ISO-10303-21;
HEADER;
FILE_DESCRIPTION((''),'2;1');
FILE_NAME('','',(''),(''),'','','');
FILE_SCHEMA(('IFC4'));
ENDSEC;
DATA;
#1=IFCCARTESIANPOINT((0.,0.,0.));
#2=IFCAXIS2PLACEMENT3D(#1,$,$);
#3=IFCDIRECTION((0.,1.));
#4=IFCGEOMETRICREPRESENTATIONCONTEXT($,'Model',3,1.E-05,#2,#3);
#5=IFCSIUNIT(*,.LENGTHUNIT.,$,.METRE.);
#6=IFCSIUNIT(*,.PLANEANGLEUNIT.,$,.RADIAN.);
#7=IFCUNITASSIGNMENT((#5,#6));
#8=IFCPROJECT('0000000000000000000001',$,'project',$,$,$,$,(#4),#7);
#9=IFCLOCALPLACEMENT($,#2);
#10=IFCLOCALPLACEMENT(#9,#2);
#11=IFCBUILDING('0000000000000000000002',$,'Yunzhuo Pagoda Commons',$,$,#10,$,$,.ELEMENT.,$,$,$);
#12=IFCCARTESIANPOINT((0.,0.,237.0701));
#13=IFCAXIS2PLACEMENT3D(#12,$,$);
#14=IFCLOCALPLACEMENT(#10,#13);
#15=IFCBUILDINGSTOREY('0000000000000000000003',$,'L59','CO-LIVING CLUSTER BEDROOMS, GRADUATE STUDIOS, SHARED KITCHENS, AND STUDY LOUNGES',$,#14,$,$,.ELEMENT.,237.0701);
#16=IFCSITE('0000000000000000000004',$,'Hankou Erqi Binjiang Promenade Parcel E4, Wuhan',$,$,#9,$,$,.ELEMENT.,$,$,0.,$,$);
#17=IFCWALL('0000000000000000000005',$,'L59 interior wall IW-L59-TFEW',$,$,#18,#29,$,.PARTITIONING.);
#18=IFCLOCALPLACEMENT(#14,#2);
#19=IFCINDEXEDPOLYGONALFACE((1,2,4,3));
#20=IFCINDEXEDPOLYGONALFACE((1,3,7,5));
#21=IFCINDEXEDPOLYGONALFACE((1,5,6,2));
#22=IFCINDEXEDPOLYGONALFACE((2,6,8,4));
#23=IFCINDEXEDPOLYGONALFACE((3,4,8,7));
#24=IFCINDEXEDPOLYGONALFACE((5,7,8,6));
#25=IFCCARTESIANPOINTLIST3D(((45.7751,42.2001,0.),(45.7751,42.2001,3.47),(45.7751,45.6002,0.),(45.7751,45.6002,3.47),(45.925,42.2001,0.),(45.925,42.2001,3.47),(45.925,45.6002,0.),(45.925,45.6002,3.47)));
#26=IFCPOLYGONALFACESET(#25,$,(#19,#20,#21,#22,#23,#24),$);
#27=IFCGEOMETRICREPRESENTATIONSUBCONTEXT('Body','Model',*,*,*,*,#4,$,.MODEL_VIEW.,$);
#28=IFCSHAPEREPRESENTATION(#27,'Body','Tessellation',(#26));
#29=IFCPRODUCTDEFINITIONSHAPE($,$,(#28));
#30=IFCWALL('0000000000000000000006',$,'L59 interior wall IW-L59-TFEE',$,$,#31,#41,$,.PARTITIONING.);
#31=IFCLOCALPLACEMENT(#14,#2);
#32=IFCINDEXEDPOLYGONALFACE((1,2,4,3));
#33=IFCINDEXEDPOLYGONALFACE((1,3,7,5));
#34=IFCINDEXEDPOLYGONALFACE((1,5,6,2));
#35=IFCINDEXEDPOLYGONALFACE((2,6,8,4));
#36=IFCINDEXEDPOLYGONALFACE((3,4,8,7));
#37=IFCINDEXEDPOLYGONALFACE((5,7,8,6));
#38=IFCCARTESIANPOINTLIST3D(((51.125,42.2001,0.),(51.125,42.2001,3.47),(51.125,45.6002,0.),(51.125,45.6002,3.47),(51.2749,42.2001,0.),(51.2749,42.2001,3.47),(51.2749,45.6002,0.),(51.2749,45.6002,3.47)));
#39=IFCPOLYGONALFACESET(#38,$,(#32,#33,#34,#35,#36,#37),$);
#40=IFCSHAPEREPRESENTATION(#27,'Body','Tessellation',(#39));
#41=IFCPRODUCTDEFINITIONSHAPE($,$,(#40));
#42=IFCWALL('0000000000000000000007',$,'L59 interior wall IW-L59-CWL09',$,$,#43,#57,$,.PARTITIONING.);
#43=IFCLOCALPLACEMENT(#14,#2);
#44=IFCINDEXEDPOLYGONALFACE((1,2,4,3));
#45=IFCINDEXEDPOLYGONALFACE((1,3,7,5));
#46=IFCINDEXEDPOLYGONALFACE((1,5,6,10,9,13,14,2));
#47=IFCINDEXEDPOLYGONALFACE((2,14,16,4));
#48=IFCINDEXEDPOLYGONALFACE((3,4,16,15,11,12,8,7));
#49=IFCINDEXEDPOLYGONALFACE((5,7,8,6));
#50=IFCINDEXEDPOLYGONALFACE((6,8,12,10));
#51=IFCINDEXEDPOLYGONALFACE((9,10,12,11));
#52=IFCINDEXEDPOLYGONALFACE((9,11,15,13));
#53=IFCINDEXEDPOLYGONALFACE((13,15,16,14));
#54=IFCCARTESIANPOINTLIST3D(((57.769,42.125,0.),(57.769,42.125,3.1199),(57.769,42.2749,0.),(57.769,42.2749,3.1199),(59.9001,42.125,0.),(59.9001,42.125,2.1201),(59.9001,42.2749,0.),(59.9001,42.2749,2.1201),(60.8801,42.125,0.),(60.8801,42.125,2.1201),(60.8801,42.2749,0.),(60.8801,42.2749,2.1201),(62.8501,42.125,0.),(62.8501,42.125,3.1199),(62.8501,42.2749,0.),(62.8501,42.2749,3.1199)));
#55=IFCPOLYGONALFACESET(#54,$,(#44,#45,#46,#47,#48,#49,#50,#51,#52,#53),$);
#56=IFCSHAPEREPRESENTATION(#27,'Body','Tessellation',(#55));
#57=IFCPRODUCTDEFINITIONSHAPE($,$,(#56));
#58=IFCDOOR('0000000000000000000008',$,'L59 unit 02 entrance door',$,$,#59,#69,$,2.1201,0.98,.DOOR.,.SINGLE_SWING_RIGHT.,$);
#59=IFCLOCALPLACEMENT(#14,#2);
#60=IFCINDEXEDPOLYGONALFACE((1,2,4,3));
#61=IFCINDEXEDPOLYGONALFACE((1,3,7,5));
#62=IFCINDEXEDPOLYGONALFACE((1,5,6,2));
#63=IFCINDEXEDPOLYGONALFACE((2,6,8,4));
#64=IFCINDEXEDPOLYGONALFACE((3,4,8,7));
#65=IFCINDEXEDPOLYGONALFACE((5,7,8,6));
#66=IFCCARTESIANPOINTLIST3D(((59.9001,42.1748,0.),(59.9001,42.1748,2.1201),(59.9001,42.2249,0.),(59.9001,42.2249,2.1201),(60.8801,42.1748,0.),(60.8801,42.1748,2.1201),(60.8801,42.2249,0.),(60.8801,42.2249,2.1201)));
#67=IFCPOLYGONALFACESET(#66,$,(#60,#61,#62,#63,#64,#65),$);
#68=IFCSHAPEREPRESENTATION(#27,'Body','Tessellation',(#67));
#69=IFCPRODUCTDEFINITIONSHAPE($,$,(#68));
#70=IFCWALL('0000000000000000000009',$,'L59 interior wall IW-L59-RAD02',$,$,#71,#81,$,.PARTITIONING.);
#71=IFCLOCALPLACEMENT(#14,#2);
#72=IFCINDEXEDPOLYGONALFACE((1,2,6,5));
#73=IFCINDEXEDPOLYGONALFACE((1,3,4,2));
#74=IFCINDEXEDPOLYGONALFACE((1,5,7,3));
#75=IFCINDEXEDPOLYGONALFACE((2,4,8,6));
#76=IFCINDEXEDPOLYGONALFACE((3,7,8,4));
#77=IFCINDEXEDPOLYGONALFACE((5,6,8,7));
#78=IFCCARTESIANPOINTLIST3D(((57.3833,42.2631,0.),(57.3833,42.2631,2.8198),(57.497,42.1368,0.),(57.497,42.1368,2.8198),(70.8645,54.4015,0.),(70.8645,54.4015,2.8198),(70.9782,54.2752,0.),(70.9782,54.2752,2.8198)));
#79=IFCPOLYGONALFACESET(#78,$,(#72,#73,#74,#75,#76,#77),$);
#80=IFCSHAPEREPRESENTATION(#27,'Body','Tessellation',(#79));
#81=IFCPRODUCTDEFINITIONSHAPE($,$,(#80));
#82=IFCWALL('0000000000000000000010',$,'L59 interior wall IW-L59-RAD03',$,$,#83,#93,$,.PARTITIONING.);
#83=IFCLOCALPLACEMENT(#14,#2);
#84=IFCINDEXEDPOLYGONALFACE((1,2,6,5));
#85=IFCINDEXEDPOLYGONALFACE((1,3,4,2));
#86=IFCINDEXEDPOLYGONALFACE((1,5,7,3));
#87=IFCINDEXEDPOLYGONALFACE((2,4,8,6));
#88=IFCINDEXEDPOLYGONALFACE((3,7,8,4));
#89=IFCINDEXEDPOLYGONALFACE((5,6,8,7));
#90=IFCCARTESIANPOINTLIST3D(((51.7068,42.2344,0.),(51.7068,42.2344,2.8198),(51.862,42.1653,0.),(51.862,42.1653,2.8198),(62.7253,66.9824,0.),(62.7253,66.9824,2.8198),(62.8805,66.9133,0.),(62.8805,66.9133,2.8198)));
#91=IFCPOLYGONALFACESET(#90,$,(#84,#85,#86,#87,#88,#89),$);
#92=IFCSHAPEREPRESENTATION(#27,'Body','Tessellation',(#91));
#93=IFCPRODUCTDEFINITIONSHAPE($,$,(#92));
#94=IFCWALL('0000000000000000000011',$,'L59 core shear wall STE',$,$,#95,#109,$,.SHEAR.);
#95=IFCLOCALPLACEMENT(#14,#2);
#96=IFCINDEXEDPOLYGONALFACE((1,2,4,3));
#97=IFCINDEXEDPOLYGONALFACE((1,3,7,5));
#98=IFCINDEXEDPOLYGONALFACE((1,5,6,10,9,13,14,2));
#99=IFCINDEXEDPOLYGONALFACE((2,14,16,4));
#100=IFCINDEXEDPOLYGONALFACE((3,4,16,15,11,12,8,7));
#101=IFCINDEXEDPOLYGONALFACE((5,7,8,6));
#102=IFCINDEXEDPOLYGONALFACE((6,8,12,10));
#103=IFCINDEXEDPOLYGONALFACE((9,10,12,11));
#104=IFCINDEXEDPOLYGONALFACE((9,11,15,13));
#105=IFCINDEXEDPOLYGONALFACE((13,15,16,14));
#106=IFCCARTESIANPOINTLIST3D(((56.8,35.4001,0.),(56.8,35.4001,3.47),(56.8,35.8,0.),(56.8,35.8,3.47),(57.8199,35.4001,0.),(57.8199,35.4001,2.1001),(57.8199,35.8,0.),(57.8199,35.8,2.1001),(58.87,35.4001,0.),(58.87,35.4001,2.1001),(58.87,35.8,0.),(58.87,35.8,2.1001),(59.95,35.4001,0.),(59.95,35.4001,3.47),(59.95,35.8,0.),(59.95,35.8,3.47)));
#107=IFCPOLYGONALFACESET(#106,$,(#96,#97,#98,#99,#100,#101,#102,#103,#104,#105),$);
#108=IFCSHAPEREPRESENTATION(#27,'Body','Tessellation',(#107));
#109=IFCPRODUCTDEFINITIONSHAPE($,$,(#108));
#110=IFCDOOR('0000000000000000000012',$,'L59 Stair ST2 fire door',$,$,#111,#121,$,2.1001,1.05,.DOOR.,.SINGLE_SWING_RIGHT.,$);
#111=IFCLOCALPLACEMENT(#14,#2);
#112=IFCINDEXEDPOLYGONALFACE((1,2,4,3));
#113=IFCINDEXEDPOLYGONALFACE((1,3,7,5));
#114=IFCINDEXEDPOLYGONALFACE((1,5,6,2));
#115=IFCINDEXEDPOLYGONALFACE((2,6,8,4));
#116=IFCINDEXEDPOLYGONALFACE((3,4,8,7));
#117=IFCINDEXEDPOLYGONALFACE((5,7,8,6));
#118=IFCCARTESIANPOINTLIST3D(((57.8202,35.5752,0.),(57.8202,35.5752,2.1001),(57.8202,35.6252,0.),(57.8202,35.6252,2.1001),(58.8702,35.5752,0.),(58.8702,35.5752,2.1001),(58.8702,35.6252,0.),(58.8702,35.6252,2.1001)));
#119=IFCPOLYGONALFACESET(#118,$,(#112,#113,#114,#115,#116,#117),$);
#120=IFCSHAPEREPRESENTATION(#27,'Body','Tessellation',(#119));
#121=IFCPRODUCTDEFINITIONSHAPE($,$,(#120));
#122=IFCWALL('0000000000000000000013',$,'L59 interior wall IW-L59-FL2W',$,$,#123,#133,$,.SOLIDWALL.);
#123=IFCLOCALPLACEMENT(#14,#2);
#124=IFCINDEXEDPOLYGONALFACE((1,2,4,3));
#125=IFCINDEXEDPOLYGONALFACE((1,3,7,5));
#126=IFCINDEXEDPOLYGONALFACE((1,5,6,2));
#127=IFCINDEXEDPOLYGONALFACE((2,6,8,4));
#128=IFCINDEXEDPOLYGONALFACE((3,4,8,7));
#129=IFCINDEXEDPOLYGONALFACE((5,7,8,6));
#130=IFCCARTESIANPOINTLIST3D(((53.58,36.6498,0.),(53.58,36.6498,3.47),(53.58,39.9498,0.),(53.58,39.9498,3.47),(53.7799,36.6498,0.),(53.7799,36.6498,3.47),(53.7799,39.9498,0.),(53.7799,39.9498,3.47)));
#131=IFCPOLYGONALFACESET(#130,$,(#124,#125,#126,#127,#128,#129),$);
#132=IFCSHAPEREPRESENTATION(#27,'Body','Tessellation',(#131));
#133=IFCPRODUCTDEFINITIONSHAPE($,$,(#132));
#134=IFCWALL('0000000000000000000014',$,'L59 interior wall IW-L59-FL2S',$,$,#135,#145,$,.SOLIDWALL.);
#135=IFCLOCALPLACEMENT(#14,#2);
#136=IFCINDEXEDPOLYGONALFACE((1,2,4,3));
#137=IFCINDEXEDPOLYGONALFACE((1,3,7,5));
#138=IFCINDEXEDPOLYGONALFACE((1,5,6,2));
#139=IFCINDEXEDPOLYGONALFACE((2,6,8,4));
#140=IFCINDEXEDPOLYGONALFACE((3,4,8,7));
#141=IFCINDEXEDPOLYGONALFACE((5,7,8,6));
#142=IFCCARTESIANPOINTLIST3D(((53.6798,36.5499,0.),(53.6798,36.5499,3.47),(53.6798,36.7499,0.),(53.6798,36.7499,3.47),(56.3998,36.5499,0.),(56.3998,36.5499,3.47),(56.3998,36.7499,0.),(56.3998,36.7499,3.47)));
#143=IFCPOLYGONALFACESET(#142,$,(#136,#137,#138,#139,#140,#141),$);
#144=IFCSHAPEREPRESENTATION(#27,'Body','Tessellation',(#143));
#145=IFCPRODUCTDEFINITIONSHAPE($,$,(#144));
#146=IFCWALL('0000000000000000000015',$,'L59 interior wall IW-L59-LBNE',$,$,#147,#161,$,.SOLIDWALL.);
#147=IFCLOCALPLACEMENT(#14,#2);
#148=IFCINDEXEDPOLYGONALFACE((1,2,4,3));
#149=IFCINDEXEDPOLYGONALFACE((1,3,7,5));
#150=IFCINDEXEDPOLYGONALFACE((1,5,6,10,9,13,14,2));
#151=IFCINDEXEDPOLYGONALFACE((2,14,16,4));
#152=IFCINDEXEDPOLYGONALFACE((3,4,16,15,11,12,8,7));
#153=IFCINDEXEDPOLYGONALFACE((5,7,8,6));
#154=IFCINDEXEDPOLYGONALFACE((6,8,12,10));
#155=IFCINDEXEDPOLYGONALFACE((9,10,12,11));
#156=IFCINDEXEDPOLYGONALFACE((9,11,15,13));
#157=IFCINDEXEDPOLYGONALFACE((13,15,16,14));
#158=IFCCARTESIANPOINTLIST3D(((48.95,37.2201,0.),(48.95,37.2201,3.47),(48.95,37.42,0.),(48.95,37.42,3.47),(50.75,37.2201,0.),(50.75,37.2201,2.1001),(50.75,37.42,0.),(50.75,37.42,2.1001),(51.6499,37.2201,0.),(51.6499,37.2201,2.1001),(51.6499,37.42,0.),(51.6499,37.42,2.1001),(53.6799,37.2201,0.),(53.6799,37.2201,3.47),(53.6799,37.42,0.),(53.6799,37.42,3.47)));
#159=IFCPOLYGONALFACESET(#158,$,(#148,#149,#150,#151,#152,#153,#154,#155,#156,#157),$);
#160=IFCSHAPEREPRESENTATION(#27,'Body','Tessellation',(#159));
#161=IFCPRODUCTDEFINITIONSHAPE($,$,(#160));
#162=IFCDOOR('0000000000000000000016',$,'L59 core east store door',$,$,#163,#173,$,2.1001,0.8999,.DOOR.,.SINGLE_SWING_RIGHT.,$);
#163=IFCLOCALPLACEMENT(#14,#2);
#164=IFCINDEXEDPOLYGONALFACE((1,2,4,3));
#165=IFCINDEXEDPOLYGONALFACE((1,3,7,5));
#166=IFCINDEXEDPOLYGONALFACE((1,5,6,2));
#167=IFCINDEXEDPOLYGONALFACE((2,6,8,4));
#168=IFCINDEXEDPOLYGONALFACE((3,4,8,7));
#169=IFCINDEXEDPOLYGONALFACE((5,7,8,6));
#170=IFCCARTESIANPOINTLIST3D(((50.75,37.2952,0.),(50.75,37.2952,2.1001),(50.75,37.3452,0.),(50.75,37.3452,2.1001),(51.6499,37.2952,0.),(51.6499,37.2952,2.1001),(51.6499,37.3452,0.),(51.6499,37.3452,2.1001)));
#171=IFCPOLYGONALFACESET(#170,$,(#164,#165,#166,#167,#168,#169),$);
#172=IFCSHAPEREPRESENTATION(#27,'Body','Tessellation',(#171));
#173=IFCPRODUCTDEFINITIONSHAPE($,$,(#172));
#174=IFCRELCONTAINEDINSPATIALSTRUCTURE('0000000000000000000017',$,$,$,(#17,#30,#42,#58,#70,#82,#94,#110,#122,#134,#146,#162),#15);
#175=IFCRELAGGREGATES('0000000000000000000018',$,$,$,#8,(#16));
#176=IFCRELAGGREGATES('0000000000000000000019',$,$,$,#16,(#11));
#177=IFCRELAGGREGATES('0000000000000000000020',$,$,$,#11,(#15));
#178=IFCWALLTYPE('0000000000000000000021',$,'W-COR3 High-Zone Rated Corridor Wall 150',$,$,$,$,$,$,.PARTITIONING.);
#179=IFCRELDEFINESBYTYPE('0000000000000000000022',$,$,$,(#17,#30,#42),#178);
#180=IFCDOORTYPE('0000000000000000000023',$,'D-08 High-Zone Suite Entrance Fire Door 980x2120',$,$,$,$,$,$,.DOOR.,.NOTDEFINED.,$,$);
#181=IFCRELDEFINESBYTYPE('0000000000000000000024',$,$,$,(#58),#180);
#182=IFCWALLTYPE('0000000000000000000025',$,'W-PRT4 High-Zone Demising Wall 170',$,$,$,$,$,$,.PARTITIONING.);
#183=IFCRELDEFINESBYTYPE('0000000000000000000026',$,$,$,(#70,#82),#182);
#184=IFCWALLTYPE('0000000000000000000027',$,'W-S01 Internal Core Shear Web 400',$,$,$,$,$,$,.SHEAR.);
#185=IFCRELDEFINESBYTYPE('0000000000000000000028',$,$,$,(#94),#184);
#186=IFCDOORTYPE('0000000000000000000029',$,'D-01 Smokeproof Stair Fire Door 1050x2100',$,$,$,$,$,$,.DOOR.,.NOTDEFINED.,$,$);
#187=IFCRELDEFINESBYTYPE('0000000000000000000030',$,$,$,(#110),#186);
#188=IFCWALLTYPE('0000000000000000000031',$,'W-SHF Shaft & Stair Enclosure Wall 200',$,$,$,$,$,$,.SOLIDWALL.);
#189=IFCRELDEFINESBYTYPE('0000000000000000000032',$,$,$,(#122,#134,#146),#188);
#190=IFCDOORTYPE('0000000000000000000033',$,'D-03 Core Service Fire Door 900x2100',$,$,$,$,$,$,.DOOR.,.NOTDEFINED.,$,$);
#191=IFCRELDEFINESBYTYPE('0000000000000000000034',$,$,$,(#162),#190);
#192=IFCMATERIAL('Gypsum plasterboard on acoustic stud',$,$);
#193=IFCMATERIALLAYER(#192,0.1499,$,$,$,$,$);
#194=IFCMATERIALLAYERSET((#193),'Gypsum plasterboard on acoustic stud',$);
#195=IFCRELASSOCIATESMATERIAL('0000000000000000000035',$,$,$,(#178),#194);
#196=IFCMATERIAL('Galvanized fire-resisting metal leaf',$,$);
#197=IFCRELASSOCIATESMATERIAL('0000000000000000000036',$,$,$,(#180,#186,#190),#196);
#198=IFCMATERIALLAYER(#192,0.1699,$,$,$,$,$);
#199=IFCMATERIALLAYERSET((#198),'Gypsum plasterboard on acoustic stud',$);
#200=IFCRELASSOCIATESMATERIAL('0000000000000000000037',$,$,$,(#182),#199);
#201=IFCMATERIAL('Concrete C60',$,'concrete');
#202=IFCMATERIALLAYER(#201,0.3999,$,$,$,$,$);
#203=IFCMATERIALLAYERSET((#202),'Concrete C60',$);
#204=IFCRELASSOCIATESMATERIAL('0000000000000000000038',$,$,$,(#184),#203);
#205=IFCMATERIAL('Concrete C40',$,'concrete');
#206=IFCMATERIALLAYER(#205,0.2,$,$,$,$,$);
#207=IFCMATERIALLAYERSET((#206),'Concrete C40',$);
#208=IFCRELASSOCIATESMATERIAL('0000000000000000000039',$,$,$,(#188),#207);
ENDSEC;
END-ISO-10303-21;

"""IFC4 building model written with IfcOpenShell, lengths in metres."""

from ifc_helpers import new_model, si_unit, direction, frame, frame_2d, origin, origin_with_axes, place, context, subcontext, project, spatial, rectangle, extrude, source, transform, mapped, material, layer, layer_set, type_object, element, fill, save


model = new_model("IFC4")

# Units and contexts
model_context = context("Model", 3, precision=1e-05, world=origin(), true_north=direction((0.0, 1.0)))
body_context = subcontext(model_context, "Body", "Model", "MODEL_VIEW")
ifc_project = project(units=[si_unit("LENGTHUNIT", "METRE"), si_unit("PLANEANGLEUNIT", "RADIAN")], contexts=[model_context])

# Site, building, storey
site_placement = place(None, origin())
site = spatial("IfcSite", under=ifc_project, at=site_placement, Name="Hankou Erqi Binjiang Promenade Parcel E4, Wuhan", CompositionType="ELEMENT", RefElevation=0.0)
building_placement = place(site_placement, origin())
building = spatial("IfcBuilding", under=site, at=building_placement, Name="Yunzhuo Pagoda Commons", CompositionType="ELEMENT")
storey_placement = place(building_placement, frame((0.0, 0.0, 237.0701)))
storey = spatial("IfcBuildingStorey", under=building, at=storey_placement, Name="L59", Description="CO-LIVING CLUSTER BEDROOMS, GRADUATE STUDIOS, SHARED KITCHENS, AND STUDY LOUNGES", CompositionType="ELEMENT", Elevation=237.0701)

# Shared definitions
ifc_material_1 = material(Name="Galvanized fire-resisting metal leaf")
shared_shape_1 = source(origin(), body_context, "Body", "SweptSolid", [
    extrude(rectangle(XDim=1.05, YDim=2.1001, at=frame_2d((0.5249, 1.05))), frame((0.0, 0.0249, 0.0), z_axis=(0.0, -1.0, 0.0), x_axis=(1.0, 0.0, 0.0)), (0.0, 0.0, 1.0), 0.05),
])
ifc_material_2 = material(Name="Gypsum plasterboard on acoustic stud")
ifc_layer_1 = layer(ifc_material_2, 0.1499)
ifc_layer_set_1 = layer_set([ifc_layer_1], Name="Gypsum plasterboard on acoustic stud")
wall_type_1 = type_object("IfcWallType", Name="W-COR3 High-Zone Rated Corridor Wall 150", PredefinedType="PARTITIONING", material=ifc_layer_set_1)

# Walls
for number, where, z_axis, x_axis, name in (
    (1, (45.8501, 42.2, 0.0), (0.0, 0.0, 1.0), (0.0, 1.0, 0.0), "L59 interior wall IW-L59-TFEW"),
    (2, (51.2, 42.2, 0.0), (0.0, 0.0, 1.0), (0.0, 1.0, 0.0), "L59 interior wall IW-L59-TFEE"),
):
    element("IfcWall", number, at=place(storey_placement, frame(where, z_axis=z_axis, x_axis=x_axis)), inside=storey, type_object=wall_type_1, Name=name, PredefinedType="PARTITIONING", context=body_context, shape_type="SweptSolid", body=[
        extrude(rectangle(XDim=3.4001, YDim=0.1499, at=frame_2d((1.7002, 0.0))), origin(), (0.0, 0.0, 1.0), 3.47),
    ])

# Wall, opening, door
door_type_1 = type_object("IfcDoorType", Name="D-08 High-Zone Suite Entrance Fire Door 980x2120", OperationType="NOTDEFINED", PredefinedType="DOOR", material=ifc_material_1)
shared_shape_2 = source(origin(), body_context, "Body", "SweptSolid", [
    extrude(rectangle(XDim=0.98, YDim=2.1201, at=frame_2d((0.49, 1.0601))), frame((0.0, 0.0249, 0.0), z_axis=(0.0, -1.0, 0.0), x_axis=(1.0, 0.0, 0.0)), (0.0, 0.0, 1.0), 0.05),
])
wall_1_placement = place(storey_placement, frame((57.769, 42.2, 0.0), z_axis=(0.0, 0.0, 1.0), x_axis=(1.0, 0.0, 0.0)))
wall_1 = element("IfcWall", 3, at=wall_1_placement, inside=storey, type_object=wall_type_1, Name="L59 interior wall IW-L59-CWL09", PredefinedType="PARTITIONING", context=body_context, shape_type="SweptSolid", body=[
    extrude(rectangle(XDim=5.0811, YDim=0.1499, at=frame_2d((2.5405, 0.0))), origin(), (0.0, 0.0, 1.0), 3.1199),
])
opening_1_placement = place(wall_1_placement, frame((2.1311, 0.0, 0.0)))
opening_1 = element("IfcOpeningElement", 4, at=opening_1_placement, cuts=wall_1, PredefinedType="OPENING", context=body_context, shape_type="SweptSolid", body=[
    extrude(rectangle(XDim=0.98, YDim=2.1201, at=frame_2d((0.49, 1.0601))), frame((0.0, 0.085, 0.0), z_axis=(0.0, -1.0, 0.0), x_axis=(1.0, 0.0, 0.0)), (0.0, 0.0, 1.0), 0.1699),
])
door_1_placement = place(opening_1_placement, origin_with_axes())
door_1 = element("IfcDoor", 5, at=door_1_placement, inside=storey, type_object=door_type_1, Name="L59 unit 02 entrance door", OperationType="SINGLE_SWING_RIGHT", OverallHeight=2.1201, OverallWidth=0.98, PredefinedType="DOOR", context=body_context, shape_type="MappedRepresentation", body=[
    mapped(shared_shape_2, transform((0.0, 0.0, 0.0), scale=1.0)),
])
fill(opening_1, door_1)

# Walls
ifc_layer_2 = layer(ifc_material_2, 0.1699)
ifc_layer_set_2 = layer_set([ifc_layer_2], Name="Gypsum plasterboard on acoustic stud")
wall_type_2 = type_object("IfcWallType", Name="W-PRT4 High-Zone Demising Wall 170", PredefinedType="PARTITIONING", material=ifc_layer_set_2)
wall_2_placement = place(storey_placement, frame((57.4402, 42.2, 0.0), z_axis=(0.0, 0.0, 1.0), x_axis=(0.743148, 0.669128, 0.0)))
element("IfcWall", 6, at=wall_2_placement, inside=storey, type_object=wall_type_2, Name="L59 interior wall IW-L59-RAD02", PredefinedType="PARTITIONING", context=body_context, shape_type="SweptSolid", body=[
    extrude(rectangle(XDim=18.1406, YDim=0.1699, at=frame_2d((9.0703, 0.0))), origin(), (0.0, 0.0, 1.0), 2.8198),
])
wall_3_placement = place(storey_placement, frame((51.7844, 42.2, 0.0), z_axis=(0.0, 0.0, 1.0), x_axis=(0.406737, 0.913545, 0.0)))
element("IfcWall", 7, at=wall_3_placement, inside=storey, type_object=wall_type_2, Name="L59 interior wall IW-L59-RAD03", PredefinedType="PARTITIONING", context=body_context, shape_type="SweptSolid", body=[
    extrude(rectangle(XDim=27.0901, YDim=0.1699, at=frame_2d((13.5449, 0.0))), origin(), (0.0, 0.0, 1.0), 2.8198),
])

# Wall, opening, door
ifc_material_3 = material(Name="Concrete C60", Category="concrete")
ifc_layer_3 = layer(ifc_material_3, 0.3999)
ifc_layer_set_3 = layer_set([ifc_layer_3], Name="Concrete C60")
wall_type_3 = type_object("IfcWallType", Name="W-S01 Internal Core Shear Web 400", PredefinedType="SHEAR", material=ifc_layer_set_3)
wall_4_placement = place(storey_placement, frame((56.8, 35.6001, 0.0), z_axis=(0.0, 0.0, 1.0), x_axis=(1.0, 0.0, 0.0)))
wall_4 = element("IfcWall", 8, at=wall_4_placement, inside=storey, type_object=wall_type_3, Name="L59 core shear wall STE", PredefinedType="SHEAR", context=body_context, shape_type="SweptSolid", body=[
    extrude(rectangle(XDim=3.1499, YDim=0.3999, at=frame_2d((1.575, 0.0))), origin(), (0.0, 0.0, 1.0), 3.47),
])
opening_2_placement = place(wall_4_placement, frame((1.02, 0.0, 0.0)))
opening_2 = element("IfcOpeningElement", 9, at=opening_2_placement, cuts=wall_4, PredefinedType="OPENING", context=body_context, shape_type="SweptSolid", body=[
    extrude(rectangle(XDim=1.05, YDim=2.1001, at=frame_2d((0.5249, 1.05))), frame((0.0, 0.21, 0.0), z_axis=(0.0, -1.0, 0.0), x_axis=(1.0, 0.0, 0.0)), (0.0, 0.0, 1.0), 0.4199),
])
door_type_2 = type_object("IfcDoorType", Name="D-01 Smokeproof Stair Fire Door 1050x2100", OperationType="NOTDEFINED", PredefinedType="DOOR", material=ifc_material_1)
door_2_placement = place(opening_2_placement, frame((1.05, 0.0, 0.0), z_axis=(0.0, 0.0, 1.0), x_axis=(-1.0, 0.0, 0.0)))
door_2 = element("IfcDoor", 10, at=door_2_placement, inside=storey, type_object=door_type_2, Name="L59 Stair ST2 fire door", OperationType="SINGLE_SWING_RIGHT", OverallHeight=2.1001, OverallWidth=1.05, PredefinedType="DOOR", context=body_context, shape_type="MappedRepresentation", body=[
    mapped(shared_shape_1, transform((0.0, 0.0, 0.0), scale=1.0)),
])
fill(opening_2, door_2)

# Walls
ifc_material_4 = material(Name="Concrete C40", Category="concrete")
ifc_layer_4 = layer(ifc_material_4, 0.2)
ifc_layer_set_4 = layer_set([ifc_layer_4], Name="Concrete C40")
wall_type_4 = type_object("IfcWallType", Name="W-SHF Shaft & Stair Enclosure Wall 200", PredefinedType="SOLIDWALL", material=ifc_layer_set_4)
wall_5_placement = place(storey_placement, frame((53.6799, 36.6499, 0.0), z_axis=(0.0, 0.0, 1.0), x_axis=(0.0, 1.0, 0.0)))
element("IfcWall", 11, at=wall_5_placement, inside=storey, type_object=wall_type_4, Name="L59 interior wall IW-L59-FL2W", PredefinedType="SOLIDWALL", context=body_context, shape_type="SweptSolid", body=[
    extrude(rectangle(XDim=3.3, YDim=0.2, at=frame_2d((1.6499, 0.0))), origin(), (0.0, 0.0, 1.0), 3.47),
])
wall_6_placement = place(storey_placement, frame((53.6799, 36.6499, 0.0), z_axis=(0.0, 0.0, 1.0), x_axis=(1.0, 0.0, 0.0)))
element("IfcWall", 12, at=wall_6_placement, inside=storey, type_object=wall_type_4, Name="L59 interior wall IW-L59-FL2S", PredefinedType="SOLIDWALL", context=body_context, shape_type="SweptSolid", body=[
    extrude(rectangle(XDim=2.72, YDim=0.2, at=frame_2d((1.3599, 0.0))), origin(), (0.0, 0.0, 1.0), 3.47),
])

# Wall, opening, door
wall_7_placement = place(storey_placement, frame((48.95, 37.3201, 0.0), z_axis=(0.0, 0.0, 1.0), x_axis=(1.0, 0.0, 0.0)))
wall_7 = element("IfcWall", 13, at=wall_7_placement, inside=storey, type_object=wall_type_4, Name="L59 interior wall IW-L59-LBNE", PredefinedType="SOLIDWALL", context=body_context, shape_type="SweptSolid", body=[
    extrude(rectangle(XDim=4.73, YDim=0.2, at=frame_2d((2.365, 0.0))), origin(), (0.0, 0.0, 1.0), 3.47),
])
opening_3_placement = place(wall_7_placement, frame((1.8, 0.0, 0.0)))
opening_3 = element("IfcOpeningElement", 14, at=opening_3_placement, cuts=wall_7, PredefinedType="OPENING", context=body_context, shape_type="SweptSolid", body=[
    extrude(rectangle(XDim=0.8999, YDim=2.1001, at=frame_2d((0.45, 1.05))), frame((0.0, 0.1099, 0.0), z_axis=(0.0, -1.0, 0.0), x_axis=(1.0, 0.0, 0.0)), (0.0, 0.0, 1.0), 0.22),
])
door_type_3 = type_object("IfcDoorType", Name="D-03 Core Service Fire Door 900x2100", OperationType="NOTDEFINED", PredefinedType="DOOR", material=ifc_material_1)
shared_shape_3 = source(origin(), body_context, "Body", "SweptSolid", [
    extrude(rectangle(XDim=0.8999, YDim=2.1001, at=frame_2d((0.45, 1.05))), frame((0.0, 0.0249, 0.0), z_axis=(0.0, -1.0, 0.0), x_axis=(1.0, 0.0, 0.0)), (0.0, 0.0, 1.0), 0.05),
])
door_3_placement = place(opening_3_placement, frame((0.8999, 0.0, 0.0), z_axis=(0.0, 0.0, 1.0), x_axis=(-1.0, 0.0, 0.0)))
door_3 = element("IfcDoor", 15, at=door_3_placement, inside=storey, type_object=door_type_3, Name="L59 core east store door", OperationType="SINGLE_SWING_RIGHT", OverallHeight=2.1001, OverallWidth=0.8999, PredefinedType="DOOR", context=body_context, shape_type="MappedRepresentation", body=[
    mapped(shared_shape_3, transform((0.0, 0.0, 0.0), scale=1.0)),
])
fill(opening_3, door_3)

save(model, "model.ifc")
